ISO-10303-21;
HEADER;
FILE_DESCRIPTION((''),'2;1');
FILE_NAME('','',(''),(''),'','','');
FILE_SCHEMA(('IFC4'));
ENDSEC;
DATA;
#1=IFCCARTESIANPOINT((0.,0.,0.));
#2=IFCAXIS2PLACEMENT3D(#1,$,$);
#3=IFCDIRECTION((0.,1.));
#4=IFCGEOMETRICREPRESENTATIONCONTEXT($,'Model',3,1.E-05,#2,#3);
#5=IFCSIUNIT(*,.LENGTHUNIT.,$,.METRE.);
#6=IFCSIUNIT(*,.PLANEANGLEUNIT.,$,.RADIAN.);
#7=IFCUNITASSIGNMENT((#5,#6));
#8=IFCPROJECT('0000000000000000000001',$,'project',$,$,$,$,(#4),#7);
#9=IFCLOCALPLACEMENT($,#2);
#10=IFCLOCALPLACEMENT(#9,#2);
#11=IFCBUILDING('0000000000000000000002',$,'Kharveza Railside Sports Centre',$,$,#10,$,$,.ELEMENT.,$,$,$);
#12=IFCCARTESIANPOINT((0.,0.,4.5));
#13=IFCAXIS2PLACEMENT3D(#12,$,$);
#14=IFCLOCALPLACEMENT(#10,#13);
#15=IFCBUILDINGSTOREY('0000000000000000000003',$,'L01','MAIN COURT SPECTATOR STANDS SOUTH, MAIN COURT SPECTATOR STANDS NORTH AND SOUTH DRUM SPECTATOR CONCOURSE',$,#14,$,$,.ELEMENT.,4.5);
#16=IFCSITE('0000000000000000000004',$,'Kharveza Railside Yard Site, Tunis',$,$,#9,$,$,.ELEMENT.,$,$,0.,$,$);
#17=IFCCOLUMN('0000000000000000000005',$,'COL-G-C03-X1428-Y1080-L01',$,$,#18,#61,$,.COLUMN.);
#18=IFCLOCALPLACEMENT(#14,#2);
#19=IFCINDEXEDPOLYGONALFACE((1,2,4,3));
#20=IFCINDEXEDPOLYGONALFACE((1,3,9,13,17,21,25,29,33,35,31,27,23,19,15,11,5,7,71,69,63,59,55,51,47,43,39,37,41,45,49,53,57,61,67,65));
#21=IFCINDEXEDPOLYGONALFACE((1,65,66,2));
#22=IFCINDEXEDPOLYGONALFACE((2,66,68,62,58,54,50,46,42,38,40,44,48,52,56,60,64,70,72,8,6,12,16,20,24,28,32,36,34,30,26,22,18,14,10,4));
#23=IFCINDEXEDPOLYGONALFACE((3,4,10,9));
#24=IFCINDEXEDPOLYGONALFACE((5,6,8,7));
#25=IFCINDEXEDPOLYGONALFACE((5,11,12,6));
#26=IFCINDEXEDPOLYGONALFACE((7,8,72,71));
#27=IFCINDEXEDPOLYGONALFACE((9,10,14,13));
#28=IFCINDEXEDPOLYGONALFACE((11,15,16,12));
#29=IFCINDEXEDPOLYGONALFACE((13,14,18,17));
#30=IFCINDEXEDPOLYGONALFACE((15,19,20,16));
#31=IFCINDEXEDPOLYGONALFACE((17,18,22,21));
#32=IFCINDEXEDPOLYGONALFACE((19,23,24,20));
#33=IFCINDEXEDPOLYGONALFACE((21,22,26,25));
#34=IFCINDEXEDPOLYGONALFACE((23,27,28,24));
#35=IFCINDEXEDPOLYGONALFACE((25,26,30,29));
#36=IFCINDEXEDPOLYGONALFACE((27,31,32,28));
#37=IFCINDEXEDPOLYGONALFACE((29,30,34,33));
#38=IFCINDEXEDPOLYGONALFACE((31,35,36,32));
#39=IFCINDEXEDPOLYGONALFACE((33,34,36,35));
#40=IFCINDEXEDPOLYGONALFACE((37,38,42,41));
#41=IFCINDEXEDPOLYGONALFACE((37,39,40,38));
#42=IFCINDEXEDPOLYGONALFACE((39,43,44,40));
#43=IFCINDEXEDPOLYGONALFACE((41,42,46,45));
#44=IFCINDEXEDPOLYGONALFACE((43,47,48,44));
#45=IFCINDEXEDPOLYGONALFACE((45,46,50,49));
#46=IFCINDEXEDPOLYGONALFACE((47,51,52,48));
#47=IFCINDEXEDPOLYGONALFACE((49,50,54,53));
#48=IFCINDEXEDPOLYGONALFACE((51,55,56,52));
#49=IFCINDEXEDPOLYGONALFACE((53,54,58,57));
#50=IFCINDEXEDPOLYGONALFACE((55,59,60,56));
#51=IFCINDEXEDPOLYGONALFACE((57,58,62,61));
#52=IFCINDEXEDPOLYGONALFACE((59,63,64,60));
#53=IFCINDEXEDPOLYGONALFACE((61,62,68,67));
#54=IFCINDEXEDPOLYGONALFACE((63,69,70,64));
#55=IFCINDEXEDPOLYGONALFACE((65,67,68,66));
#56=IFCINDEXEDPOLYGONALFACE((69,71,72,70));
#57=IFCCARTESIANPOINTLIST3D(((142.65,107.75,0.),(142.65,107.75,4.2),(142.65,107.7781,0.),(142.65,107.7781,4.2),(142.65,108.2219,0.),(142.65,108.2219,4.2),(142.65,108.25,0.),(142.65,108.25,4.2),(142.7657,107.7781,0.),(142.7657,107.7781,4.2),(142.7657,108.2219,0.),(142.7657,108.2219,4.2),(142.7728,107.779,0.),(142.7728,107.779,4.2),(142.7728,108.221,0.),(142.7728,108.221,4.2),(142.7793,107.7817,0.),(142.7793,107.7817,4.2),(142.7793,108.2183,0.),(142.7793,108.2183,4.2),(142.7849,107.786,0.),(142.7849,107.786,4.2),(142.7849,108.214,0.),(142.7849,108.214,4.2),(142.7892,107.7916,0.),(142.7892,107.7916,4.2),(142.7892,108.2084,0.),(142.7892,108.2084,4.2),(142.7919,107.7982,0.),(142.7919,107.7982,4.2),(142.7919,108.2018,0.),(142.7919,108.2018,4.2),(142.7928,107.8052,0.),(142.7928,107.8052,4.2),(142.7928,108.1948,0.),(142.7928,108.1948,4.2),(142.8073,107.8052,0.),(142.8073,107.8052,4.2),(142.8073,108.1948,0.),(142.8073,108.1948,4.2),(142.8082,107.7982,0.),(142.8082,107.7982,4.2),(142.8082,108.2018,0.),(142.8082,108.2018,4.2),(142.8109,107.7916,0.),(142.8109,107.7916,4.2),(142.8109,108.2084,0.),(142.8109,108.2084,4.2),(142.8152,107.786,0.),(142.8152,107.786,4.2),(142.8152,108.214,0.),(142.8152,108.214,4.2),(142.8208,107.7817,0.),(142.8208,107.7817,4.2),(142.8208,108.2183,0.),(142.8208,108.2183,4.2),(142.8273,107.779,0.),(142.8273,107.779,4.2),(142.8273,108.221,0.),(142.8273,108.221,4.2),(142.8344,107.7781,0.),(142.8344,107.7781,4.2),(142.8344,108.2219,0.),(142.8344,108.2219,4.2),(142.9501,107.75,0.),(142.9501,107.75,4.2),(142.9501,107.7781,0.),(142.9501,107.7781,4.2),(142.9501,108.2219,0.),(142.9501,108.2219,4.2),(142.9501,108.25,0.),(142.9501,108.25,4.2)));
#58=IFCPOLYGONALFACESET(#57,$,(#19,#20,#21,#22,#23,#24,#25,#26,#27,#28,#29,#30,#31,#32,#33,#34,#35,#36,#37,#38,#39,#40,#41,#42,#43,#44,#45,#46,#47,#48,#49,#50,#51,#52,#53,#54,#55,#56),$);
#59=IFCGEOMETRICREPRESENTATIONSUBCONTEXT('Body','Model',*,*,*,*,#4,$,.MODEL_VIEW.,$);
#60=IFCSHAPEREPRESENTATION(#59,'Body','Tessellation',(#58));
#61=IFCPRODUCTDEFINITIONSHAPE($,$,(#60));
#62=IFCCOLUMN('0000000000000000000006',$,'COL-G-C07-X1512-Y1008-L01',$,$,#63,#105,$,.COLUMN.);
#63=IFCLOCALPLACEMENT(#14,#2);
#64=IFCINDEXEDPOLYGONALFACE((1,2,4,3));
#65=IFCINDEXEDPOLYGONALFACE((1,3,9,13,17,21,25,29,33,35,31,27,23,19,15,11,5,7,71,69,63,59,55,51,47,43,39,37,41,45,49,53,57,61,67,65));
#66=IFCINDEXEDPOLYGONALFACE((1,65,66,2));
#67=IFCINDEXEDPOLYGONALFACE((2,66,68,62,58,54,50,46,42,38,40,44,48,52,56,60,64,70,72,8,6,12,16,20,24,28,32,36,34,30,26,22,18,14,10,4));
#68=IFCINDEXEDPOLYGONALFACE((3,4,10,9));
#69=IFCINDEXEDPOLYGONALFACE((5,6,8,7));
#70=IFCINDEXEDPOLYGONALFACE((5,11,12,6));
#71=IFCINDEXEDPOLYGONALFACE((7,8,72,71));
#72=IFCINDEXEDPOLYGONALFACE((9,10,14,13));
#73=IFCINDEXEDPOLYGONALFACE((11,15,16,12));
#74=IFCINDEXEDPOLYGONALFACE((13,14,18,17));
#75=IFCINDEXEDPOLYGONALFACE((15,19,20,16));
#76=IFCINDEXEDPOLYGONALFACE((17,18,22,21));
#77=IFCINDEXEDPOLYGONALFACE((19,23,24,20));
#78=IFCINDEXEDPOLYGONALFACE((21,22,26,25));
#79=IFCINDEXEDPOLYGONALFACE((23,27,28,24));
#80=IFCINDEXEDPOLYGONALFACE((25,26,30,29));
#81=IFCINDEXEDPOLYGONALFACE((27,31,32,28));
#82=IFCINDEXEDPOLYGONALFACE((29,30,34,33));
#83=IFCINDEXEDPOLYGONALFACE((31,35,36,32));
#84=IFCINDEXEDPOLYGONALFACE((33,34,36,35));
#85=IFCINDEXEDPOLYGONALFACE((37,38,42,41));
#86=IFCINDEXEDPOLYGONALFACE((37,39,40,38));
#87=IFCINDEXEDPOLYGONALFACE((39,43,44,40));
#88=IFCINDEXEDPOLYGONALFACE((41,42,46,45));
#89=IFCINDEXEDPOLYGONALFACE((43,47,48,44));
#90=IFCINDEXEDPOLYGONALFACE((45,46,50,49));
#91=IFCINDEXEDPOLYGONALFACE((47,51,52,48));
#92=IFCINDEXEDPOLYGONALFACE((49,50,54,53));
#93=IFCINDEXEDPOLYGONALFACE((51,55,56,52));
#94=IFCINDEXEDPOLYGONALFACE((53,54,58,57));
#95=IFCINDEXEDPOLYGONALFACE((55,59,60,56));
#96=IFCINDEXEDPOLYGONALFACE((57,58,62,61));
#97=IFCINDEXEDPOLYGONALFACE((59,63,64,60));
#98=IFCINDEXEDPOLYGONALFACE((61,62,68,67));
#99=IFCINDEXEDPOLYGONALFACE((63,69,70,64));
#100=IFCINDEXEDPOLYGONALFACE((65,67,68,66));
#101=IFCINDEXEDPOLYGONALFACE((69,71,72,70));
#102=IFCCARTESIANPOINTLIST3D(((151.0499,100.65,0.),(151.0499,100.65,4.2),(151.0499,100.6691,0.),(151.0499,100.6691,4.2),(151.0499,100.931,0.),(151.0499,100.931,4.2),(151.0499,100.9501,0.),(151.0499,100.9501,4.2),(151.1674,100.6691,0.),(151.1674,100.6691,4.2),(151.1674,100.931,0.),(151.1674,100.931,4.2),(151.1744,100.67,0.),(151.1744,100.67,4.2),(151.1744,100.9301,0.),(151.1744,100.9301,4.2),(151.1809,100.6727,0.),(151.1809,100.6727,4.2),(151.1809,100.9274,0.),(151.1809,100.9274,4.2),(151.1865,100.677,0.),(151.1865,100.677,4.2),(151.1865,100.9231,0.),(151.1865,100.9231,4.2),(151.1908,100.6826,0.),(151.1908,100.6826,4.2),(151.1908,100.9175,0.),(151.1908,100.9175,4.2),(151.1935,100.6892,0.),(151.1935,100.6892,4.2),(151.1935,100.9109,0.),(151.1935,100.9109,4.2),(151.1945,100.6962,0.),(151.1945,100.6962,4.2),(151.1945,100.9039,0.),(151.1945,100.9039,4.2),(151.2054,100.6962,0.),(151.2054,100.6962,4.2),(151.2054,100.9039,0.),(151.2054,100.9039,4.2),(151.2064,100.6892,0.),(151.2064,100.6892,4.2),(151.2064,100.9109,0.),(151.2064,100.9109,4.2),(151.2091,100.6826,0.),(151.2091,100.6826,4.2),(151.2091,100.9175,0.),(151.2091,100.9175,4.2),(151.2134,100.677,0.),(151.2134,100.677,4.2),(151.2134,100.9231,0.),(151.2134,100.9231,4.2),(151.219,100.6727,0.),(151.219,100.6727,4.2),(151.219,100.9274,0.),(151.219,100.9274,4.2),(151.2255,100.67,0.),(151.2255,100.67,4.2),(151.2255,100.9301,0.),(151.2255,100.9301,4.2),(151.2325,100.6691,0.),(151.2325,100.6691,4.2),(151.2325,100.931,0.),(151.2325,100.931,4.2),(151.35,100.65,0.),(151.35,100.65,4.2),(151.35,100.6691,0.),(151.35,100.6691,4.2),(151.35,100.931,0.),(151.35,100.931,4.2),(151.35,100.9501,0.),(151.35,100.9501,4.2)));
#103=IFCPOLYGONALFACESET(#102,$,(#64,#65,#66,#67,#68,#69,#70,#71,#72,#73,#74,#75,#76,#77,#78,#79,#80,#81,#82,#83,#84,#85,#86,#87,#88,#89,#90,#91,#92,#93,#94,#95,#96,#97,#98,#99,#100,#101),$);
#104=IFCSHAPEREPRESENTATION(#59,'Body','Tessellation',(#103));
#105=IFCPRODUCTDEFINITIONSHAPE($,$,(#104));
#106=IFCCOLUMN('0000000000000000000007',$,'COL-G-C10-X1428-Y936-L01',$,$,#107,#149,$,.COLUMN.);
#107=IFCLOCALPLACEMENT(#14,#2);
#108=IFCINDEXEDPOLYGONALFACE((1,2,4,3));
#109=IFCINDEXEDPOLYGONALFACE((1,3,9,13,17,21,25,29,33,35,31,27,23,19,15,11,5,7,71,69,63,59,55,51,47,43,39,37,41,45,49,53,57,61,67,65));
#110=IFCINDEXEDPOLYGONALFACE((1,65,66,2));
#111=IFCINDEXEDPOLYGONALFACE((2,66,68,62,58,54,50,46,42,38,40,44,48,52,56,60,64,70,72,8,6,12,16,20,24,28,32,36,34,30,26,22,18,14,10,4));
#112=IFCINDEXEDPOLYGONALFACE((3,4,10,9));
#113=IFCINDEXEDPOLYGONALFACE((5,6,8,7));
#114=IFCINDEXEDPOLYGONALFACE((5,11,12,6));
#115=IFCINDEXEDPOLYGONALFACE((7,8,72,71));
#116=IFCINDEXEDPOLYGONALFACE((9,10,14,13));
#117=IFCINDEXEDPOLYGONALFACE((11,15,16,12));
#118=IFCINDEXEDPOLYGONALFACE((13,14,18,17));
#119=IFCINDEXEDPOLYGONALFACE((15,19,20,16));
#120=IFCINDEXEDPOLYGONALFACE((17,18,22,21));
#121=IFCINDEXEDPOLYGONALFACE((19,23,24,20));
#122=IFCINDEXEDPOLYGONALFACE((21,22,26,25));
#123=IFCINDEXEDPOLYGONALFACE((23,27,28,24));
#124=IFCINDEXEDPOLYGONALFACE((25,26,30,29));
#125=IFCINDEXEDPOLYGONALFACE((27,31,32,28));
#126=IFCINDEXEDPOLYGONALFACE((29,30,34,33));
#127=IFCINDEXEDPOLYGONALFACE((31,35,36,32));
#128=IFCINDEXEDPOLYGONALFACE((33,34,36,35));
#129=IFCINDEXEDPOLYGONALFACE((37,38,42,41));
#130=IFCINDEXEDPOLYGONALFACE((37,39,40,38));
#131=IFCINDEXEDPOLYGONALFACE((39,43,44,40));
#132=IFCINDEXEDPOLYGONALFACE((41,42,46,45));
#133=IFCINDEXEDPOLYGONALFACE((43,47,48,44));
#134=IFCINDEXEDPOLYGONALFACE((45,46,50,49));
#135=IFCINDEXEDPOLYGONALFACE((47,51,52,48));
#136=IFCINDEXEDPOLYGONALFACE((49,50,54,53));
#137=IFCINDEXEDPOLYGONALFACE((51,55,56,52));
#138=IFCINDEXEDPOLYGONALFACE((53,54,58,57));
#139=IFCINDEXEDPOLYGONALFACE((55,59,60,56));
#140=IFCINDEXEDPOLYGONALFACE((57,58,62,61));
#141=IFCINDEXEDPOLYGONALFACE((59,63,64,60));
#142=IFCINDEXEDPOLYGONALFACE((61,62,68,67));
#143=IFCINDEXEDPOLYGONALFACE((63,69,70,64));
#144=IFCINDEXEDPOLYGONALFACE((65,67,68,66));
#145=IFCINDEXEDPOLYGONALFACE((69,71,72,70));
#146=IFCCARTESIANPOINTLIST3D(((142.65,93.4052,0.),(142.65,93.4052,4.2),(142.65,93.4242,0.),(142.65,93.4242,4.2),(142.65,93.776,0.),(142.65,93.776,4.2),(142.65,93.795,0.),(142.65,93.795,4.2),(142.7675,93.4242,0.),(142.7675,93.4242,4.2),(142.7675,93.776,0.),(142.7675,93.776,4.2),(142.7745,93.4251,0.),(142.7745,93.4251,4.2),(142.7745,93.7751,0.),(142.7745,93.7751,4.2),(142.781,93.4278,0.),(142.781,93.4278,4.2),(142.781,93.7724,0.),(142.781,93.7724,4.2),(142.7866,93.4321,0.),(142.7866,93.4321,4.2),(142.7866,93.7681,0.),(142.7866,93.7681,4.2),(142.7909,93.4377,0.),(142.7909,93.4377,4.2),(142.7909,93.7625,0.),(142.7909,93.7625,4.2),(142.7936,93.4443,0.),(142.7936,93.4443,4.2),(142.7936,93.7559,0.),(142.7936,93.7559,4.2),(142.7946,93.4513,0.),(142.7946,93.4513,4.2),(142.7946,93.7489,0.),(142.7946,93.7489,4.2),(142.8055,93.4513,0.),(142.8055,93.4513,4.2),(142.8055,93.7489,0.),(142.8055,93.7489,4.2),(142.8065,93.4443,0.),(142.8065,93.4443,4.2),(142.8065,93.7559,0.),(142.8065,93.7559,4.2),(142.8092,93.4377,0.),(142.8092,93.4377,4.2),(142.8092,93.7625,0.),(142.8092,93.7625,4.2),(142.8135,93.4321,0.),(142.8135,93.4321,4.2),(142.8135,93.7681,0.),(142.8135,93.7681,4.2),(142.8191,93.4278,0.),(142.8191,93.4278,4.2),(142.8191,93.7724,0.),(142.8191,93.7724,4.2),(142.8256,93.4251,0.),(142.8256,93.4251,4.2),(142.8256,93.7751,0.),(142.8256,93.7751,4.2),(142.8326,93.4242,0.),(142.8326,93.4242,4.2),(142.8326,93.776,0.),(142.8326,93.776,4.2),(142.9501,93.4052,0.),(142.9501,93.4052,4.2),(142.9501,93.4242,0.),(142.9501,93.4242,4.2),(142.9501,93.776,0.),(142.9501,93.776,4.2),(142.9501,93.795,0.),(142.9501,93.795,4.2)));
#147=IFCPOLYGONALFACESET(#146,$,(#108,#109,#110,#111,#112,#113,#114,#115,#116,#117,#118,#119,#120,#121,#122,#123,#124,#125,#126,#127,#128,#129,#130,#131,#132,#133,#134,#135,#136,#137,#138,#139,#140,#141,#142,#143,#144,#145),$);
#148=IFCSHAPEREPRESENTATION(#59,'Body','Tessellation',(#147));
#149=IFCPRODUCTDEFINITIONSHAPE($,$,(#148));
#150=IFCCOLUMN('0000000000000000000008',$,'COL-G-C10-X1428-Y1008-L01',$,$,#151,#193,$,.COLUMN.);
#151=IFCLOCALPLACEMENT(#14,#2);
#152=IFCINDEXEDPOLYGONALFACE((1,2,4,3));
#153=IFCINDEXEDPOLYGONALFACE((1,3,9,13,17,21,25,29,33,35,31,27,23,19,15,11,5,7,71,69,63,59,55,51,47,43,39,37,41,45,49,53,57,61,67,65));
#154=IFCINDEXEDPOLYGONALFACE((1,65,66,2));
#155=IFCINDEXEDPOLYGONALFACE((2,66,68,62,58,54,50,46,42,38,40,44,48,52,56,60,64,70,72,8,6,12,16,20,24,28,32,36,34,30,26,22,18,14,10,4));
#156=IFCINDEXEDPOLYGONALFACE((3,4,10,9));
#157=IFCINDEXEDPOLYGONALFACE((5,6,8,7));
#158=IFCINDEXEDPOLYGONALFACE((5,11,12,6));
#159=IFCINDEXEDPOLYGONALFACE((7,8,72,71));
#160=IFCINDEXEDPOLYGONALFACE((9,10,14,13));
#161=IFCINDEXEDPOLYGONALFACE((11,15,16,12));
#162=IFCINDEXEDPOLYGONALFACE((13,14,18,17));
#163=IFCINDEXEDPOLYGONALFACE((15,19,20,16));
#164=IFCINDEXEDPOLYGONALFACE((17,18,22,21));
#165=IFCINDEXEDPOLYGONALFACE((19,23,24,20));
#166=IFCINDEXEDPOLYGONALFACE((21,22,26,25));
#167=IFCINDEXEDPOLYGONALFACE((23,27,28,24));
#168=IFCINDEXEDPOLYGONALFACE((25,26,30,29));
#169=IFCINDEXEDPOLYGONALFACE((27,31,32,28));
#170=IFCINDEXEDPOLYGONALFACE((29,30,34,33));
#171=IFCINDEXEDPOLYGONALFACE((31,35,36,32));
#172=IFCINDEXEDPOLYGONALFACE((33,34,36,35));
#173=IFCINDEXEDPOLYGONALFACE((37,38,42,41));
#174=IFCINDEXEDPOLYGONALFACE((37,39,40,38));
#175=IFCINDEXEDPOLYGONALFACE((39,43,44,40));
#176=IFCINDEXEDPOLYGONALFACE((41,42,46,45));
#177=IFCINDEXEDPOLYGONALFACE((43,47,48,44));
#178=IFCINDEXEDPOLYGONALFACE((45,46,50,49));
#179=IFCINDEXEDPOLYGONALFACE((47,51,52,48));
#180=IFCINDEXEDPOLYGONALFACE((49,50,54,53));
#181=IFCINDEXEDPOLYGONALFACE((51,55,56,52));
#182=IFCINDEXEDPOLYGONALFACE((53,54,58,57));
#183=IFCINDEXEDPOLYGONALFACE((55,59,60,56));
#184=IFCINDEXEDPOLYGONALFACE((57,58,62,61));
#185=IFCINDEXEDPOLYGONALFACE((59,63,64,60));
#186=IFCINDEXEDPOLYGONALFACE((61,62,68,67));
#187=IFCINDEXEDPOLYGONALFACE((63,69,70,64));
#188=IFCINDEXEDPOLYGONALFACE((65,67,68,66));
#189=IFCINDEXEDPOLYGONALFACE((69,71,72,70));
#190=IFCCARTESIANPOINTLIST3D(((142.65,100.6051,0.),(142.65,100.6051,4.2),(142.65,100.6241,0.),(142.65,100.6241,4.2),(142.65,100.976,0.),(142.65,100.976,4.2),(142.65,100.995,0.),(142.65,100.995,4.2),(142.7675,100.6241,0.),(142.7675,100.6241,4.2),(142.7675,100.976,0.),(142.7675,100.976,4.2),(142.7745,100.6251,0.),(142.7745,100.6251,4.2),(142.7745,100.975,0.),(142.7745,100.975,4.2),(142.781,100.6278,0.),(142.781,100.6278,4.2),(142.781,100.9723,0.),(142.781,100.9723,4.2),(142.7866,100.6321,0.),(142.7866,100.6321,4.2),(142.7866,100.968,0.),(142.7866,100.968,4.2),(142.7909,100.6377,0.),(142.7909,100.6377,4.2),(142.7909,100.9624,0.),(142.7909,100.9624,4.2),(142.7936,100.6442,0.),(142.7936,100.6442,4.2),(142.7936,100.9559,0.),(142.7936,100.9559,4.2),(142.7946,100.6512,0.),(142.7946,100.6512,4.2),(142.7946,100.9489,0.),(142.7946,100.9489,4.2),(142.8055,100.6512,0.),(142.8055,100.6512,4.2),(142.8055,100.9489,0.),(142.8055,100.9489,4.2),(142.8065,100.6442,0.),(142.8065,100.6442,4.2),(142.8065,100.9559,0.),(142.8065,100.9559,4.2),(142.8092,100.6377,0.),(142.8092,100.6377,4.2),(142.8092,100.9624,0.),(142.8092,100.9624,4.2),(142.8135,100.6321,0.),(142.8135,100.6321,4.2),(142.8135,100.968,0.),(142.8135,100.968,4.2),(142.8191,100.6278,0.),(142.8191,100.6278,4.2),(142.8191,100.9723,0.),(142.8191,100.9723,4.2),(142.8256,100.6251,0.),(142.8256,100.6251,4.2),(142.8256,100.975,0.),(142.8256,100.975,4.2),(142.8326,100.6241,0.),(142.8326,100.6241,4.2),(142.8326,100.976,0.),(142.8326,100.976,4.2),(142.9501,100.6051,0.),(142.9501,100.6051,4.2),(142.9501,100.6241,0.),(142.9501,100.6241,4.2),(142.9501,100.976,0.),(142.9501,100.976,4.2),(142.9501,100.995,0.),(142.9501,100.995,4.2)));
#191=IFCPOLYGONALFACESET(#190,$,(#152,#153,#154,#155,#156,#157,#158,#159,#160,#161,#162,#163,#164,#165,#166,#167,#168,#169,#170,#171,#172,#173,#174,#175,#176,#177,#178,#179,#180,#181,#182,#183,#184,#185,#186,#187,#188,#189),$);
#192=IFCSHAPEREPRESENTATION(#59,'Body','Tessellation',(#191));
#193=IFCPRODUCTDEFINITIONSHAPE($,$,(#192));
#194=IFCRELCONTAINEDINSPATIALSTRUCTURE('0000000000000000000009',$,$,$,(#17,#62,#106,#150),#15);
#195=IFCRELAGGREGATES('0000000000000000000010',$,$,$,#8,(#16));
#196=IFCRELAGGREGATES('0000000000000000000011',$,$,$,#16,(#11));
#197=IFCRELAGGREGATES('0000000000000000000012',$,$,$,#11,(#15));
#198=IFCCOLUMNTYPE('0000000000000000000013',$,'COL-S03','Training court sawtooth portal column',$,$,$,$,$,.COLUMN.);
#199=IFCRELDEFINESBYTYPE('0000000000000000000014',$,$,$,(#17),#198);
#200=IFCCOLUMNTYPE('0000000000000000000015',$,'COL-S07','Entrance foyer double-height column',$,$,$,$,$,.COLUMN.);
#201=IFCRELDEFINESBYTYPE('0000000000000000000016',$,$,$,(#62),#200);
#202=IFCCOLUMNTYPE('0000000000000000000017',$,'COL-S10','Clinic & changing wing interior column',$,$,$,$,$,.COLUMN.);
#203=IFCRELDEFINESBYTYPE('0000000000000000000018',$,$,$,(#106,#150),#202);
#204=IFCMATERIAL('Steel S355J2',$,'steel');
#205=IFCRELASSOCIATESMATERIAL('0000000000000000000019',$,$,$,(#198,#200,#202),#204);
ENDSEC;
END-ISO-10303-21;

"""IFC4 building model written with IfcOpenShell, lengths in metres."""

from ifc_helpers import new_model, si_unit, direction, frame, origin, origin_2d, place, context, subcontext, project, spatial, i_section, extrude, material, material_profile, profile_set, type_object, element, save


model = new_model("IFC4")

# Units and contexts
model_context = context("Model", 3, precision=1e-05, world=origin(), true_north=direction((0.0, 1.0)))
body_context = subcontext(model_context, "Body", "Model", "MODEL_VIEW")
ifc_project = project(units=[si_unit("LENGTHUNIT", "METRE"), si_unit("PLANEANGLEUNIT", "RADIAN")], contexts=[model_context])

# Site, building, storey
site_placement = place(None, origin())
site = spatial("IfcSite", under=ifc_project, at=site_placement, Name="Kharveza Railside Yard Site, Tunis", CompositionType="ELEMENT", RefElevation=0.0)
building_placement = place(site_placement, origin())
building = spatial("IfcBuilding", under=site, at=building_placement, Name="Kharveza Railside Sports Centre", CompositionType="ELEMENT")
storey_placement = place(building_placement, frame((0.0, 0.0, 4.5)))
storey = spatial("IfcBuildingStorey", under=building, at=storey_placement, Name="L01", Description="MAIN COURT SPECTATOR STANDS SOUTH, MAIN COURT SPECTATOR STANDS NORTH AND SOUTH DRUM SPECTATOR CONCOURSE", CompositionType="ELEMENT", Elevation=4.5)

# Columns
ifc_material_1 = material(Name="Steel S355J2", Category="steel")
ifc_material_profile_1 = material_profile(ifc_material_1, i_section(OverallWidth=0.3, OverallDepth=0.5, WebThickness=0.0144, FlangeThickness=0.0281, FilletRadius=0.0271, at=origin_2d()), Name="HEB 500")
ifc_profile_set_1 = profile_set([ifc_material_profile_1], Name="Steel S355J2")
column_type_1 = type_object("IfcColumnType", Name="COL-S03", Description="Training court sawtooth portal column", PredefinedType="COLUMN", material=ifc_profile_set_1)
column_1_placement = place(storey_placement, frame((142.8, 108.0, 0.0), z_axis=(0.0, 0.0, 1.0), x_axis=(1.0, 0.0, 0.0)))
element("IfcColumn", 1, at=column_1_placement, inside=storey, type_object=column_type_1, Name="COL-G-C03-X1428-Y1080-L01", PredefinedType="COLUMN", context=body_context, shape_type="SweptSolid", body=[
    extrude(i_section(OverallWidth=0.3, OverallDepth=0.5, WebThickness=0.0144, FlangeThickness=0.0281, FilletRadius=0.0271, at=origin_2d()), origin(), (0.0, 0.0, 1.0), 4.2),
])
ifc_material_profile_2 = material_profile(ifc_material_1, i_section(OverallWidth=0.3, OverallDepth=0.3, WebThickness=0.011, FlangeThickness=0.019, FilletRadius=0.0271, at=origin_2d()), Name="HEB 300")
ifc_profile_set_2 = profile_set([ifc_material_profile_2], Name="Steel S355J2")
column_type_2 = type_object("IfcColumnType", Name="COL-S07", Description="Entrance foyer double-height column", PredefinedType="COLUMN", material=ifc_profile_set_2)
column_2_placement = place(storey_placement, frame((151.2, 100.8, 0.0), z_axis=(0.0, 0.0, 1.0), x_axis=(1.0, 0.0, 0.0)))
element("IfcColumn", 2, at=column_2_placement, inside=storey, type_object=column_type_2, Name="COL-G-C07-X1512-Y1008-L01", PredefinedType="COLUMN", context=body_context, shape_type="SweptSolid", body=[
    extrude(i_section(OverallWidth=0.3, OverallDepth=0.3, WebThickness=0.011, FlangeThickness=0.019, FilletRadius=0.0271, at=origin_2d()), origin(), (0.0, 0.0, 1.0), 4.2),
])
ifc_material_profile_3 = material_profile(ifc_material_1, i_section(OverallWidth=0.3, OverallDepth=0.3899, WebThickness=0.011, FlangeThickness=0.019, FilletRadius=0.0271, at=origin_2d()), Name="HEA 400")
ifc_profile_set_3 = profile_set([ifc_material_profile_3], Name="Steel S355J2")
column_type_3 = type_object("IfcColumnType", Name="COL-S10", Description="Clinic & changing wing interior column", PredefinedType="COLUMN", material=ifc_profile_set_3)
for number, where, z_axis, x_axis, name in (
    (3, (142.8, 93.6001, 0.0), (0.0, 0.0, 1.0), (1.0, 0.0, 0.0), "COL-G-C10-X1428-Y936-L01"),
    (4, (142.8, 100.8, 0.0), (0.0, 0.0, 1.0), (1.0, 0.0, 0.0), "COL-G-C10-X1428-Y1008-L01"),
):
    element("IfcColumn", number, at=place(storey_placement, frame(where, z_axis=z_axis, x_axis=x_axis)), inside=storey, type_object=column_type_3, Name=name, PredefinedType="COLUMN", context=body_context, shape_type="SweptSolid", body=[
        extrude(i_section(OverallWidth=0.3, OverallDepth=0.3899, WebThickness=0.011, FlangeThickness=0.019, FilletRadius=0.0271, at=origin_2d()), origin(), (0.0, 0.0, 1.0), 4.2),
    ])

save(model, "model.ifc")
